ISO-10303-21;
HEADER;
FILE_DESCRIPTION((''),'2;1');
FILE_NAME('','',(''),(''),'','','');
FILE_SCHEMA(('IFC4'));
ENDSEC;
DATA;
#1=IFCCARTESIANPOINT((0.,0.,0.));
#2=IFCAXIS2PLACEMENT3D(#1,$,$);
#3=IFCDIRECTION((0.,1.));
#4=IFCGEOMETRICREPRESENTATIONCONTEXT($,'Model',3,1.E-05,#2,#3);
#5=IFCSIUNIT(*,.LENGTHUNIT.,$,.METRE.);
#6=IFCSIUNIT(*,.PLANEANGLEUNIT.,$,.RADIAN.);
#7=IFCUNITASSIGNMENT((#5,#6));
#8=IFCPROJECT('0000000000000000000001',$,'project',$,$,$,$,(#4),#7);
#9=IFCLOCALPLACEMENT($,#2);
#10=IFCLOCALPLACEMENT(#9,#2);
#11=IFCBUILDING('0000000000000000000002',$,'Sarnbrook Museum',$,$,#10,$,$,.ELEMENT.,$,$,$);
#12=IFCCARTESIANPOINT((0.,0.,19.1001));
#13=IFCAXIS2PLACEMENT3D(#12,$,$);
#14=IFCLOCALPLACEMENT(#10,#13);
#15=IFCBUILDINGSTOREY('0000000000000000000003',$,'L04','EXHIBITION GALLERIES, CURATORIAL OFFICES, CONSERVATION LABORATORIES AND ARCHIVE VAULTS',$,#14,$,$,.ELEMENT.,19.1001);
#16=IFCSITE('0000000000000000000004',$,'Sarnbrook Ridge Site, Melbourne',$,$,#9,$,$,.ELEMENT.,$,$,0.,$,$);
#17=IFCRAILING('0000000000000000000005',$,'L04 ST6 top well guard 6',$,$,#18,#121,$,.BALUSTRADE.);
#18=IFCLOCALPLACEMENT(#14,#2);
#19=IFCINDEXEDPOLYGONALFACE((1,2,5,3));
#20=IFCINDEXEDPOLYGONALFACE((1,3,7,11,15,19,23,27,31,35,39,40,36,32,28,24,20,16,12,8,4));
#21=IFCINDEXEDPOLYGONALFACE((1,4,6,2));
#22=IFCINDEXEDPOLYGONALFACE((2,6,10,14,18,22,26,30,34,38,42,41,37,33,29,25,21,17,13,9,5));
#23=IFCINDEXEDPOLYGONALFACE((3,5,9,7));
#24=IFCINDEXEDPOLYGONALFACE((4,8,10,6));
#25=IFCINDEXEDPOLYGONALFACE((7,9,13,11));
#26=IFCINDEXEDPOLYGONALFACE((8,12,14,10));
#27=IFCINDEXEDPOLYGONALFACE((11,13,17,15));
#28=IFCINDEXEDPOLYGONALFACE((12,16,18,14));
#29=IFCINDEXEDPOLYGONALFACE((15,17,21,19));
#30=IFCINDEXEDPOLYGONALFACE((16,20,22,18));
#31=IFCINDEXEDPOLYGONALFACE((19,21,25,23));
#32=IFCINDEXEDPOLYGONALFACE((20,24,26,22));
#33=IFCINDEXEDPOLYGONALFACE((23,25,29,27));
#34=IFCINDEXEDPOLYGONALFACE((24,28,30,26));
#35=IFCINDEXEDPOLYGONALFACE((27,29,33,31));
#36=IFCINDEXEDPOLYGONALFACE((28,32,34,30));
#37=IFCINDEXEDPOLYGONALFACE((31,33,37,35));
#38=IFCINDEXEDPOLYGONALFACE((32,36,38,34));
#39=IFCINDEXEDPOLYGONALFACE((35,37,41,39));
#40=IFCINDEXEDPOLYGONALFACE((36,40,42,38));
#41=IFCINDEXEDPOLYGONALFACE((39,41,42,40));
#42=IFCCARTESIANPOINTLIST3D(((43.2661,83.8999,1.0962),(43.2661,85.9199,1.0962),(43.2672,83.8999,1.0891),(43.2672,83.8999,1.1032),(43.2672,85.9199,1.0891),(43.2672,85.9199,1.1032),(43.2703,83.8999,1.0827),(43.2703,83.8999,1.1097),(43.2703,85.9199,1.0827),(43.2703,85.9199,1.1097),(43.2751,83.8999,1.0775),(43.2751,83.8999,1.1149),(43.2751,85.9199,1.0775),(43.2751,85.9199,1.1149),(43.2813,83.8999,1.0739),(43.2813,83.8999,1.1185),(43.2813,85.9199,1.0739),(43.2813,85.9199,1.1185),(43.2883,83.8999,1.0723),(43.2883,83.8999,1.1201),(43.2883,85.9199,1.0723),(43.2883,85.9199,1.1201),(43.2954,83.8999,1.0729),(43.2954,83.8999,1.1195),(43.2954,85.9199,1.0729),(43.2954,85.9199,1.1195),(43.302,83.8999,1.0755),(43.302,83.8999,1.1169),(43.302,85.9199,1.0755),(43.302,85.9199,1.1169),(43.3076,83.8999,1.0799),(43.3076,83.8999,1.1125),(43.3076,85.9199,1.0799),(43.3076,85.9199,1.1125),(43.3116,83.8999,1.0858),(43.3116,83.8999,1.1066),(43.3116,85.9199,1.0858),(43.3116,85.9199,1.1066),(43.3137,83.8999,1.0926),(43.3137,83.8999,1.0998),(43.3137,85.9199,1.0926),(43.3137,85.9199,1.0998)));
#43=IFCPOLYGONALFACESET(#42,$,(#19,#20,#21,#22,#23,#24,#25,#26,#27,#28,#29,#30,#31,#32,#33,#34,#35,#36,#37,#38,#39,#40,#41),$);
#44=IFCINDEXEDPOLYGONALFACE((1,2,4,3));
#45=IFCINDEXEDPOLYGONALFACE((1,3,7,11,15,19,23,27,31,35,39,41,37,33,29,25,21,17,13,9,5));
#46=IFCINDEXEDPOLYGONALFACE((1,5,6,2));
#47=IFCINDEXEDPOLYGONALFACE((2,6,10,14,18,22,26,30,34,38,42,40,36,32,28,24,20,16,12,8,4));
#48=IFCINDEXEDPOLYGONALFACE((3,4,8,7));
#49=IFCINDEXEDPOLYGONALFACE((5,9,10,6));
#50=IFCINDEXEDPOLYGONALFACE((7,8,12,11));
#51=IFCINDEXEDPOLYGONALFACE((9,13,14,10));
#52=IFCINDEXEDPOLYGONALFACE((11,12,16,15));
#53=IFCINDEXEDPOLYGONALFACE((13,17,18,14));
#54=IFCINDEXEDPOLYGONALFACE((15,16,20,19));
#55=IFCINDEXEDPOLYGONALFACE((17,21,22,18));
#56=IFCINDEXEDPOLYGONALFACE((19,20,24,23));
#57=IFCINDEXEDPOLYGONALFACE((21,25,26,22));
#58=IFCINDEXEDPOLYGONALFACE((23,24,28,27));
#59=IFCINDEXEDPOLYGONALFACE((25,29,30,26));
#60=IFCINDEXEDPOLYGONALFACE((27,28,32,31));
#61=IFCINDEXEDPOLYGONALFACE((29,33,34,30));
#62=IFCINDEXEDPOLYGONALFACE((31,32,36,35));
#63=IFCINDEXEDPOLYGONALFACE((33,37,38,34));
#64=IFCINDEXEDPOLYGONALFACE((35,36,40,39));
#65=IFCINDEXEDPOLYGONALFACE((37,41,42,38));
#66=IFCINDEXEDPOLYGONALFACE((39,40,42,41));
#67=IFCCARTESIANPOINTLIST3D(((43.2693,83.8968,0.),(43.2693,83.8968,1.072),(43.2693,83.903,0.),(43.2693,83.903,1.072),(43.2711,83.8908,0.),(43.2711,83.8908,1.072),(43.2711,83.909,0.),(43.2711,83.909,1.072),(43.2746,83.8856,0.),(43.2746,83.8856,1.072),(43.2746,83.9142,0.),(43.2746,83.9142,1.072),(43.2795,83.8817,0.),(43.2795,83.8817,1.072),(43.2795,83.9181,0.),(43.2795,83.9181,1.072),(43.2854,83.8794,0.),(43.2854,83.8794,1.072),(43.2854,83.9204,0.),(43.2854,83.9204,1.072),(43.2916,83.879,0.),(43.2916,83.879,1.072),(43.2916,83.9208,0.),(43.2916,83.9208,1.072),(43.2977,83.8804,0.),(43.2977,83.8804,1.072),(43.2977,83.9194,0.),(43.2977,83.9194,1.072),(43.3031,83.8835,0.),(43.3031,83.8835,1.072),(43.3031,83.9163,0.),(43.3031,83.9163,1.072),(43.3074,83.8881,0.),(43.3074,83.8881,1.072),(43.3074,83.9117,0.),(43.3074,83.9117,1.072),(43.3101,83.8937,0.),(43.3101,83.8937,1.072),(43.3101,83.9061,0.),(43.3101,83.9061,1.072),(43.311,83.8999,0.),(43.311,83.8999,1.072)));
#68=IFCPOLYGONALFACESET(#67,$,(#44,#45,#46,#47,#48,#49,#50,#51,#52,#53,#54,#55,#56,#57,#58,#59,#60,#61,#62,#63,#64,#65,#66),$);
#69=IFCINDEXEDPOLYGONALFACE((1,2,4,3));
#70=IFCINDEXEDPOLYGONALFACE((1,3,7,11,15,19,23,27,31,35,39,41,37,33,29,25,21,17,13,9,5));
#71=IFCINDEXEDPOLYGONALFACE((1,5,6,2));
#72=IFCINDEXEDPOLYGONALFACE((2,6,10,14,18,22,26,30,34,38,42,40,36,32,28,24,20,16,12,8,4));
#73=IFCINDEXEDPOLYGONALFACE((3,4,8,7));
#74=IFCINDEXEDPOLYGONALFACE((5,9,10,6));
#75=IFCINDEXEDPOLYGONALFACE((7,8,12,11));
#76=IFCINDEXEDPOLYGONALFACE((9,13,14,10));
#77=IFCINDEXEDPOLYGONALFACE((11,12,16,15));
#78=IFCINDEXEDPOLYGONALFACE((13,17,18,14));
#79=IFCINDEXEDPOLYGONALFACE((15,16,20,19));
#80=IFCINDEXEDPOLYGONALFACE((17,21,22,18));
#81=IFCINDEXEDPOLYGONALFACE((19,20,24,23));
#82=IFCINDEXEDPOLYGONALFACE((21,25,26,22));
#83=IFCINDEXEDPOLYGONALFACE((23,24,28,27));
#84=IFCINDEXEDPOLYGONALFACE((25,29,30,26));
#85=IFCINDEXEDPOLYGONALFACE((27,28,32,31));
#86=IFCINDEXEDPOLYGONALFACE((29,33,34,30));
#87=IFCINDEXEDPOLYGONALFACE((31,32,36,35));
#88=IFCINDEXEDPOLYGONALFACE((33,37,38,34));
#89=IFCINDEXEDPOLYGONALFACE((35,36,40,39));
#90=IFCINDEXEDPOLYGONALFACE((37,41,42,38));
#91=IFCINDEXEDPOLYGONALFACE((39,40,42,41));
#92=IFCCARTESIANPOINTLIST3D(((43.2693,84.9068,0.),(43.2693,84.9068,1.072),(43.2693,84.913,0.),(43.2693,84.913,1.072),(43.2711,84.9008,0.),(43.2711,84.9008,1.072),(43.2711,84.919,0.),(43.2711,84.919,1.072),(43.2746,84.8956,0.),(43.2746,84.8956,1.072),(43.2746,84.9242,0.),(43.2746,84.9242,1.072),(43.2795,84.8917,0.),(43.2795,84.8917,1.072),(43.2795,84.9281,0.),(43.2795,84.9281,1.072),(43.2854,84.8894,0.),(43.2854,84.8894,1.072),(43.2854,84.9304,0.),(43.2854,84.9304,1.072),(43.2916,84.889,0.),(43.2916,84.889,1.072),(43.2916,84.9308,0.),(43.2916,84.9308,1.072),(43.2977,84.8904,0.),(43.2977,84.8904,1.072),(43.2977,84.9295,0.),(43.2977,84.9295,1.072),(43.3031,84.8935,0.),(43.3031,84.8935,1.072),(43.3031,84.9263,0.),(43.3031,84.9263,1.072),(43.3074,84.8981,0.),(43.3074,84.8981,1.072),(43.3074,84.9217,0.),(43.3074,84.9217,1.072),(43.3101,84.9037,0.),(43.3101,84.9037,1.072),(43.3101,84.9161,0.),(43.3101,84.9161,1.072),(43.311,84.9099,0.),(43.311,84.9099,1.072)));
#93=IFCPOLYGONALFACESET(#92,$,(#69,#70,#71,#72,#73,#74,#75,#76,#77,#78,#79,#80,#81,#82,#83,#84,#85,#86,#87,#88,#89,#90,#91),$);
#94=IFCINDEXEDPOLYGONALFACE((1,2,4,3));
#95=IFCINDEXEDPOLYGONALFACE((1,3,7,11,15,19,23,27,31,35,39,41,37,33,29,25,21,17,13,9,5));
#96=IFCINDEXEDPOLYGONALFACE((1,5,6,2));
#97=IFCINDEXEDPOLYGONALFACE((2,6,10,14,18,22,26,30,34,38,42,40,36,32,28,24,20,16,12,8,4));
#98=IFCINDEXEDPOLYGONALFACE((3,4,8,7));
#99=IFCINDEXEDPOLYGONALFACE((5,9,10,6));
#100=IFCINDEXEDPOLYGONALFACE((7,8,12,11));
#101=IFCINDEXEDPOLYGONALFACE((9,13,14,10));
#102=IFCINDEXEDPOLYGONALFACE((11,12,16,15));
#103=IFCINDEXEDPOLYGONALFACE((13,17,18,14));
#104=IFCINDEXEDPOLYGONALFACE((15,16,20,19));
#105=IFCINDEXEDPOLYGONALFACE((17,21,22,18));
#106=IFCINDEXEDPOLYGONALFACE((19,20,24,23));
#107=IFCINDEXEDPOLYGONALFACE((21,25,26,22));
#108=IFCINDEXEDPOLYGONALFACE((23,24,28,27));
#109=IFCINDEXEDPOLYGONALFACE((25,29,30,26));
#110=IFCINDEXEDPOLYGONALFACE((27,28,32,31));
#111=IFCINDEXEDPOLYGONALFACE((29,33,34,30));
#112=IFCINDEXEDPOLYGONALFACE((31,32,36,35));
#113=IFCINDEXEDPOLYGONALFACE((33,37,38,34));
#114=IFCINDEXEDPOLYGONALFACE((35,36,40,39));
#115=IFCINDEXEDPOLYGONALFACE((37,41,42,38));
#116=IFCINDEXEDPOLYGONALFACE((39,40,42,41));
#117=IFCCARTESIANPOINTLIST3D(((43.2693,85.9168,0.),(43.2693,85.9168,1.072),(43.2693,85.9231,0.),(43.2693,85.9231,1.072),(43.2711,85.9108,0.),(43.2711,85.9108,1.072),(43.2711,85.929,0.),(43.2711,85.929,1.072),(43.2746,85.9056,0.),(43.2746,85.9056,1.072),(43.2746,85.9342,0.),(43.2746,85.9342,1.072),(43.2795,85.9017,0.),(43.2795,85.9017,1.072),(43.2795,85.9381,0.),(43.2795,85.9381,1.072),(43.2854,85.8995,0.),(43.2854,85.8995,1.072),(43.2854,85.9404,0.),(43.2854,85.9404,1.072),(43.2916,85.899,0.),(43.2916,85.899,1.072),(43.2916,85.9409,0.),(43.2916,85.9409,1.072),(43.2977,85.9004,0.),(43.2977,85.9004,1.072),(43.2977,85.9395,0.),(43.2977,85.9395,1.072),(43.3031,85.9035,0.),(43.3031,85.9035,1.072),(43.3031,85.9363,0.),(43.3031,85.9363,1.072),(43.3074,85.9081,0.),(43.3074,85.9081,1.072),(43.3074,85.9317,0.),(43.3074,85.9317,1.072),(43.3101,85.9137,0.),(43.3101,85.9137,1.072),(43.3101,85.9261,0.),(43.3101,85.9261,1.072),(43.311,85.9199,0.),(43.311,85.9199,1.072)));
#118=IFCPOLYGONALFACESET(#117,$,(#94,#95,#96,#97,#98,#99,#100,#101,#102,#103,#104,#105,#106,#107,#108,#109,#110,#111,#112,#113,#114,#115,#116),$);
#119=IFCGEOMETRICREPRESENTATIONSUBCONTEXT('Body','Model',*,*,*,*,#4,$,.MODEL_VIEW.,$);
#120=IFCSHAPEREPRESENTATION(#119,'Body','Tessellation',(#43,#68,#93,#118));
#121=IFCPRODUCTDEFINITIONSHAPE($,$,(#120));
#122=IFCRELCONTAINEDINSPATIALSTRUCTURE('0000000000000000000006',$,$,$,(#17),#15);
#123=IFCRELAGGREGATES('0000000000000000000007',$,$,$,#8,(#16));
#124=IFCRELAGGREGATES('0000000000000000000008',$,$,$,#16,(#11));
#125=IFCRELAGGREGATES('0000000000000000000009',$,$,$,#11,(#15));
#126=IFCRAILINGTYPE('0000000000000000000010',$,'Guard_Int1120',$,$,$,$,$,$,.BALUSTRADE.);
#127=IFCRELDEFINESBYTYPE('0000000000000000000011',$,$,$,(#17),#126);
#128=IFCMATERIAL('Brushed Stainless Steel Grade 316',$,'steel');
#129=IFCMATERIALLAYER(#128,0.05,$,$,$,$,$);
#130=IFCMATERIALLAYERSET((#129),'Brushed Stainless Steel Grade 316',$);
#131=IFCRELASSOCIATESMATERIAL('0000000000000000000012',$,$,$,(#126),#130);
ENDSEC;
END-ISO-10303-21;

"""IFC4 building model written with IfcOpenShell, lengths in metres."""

from ifc_helpers import new_model, si_unit, direction, frame, origin, origin_2d, place, context, subcontext, project, spatial, circle, extrude, material, layer, layer_set, type_object, element, save


model = new_model("IFC4")

# Units and contexts
model_context = context("Model", 3, precision=1e-05, world=origin(), true_north=direction((0.0, 1.0)))
body_context = subcontext(model_context, "Body", "Model", "MODEL_VIEW")
ifc_project = project(units=[si_unit("LENGTHUNIT", "METRE"), si_unit("PLANEANGLEUNIT", "RADIAN")], contexts=[model_context])

# Site, building, storey
site_placement = place(None, origin())
site = spatial("IfcSite", under=ifc_project, at=site_placement, Name="Sarnbrook Ridge Site, Melbourne", CompositionType="ELEMENT", RefElevation=0.0)
building_placement = place(site_placement, origin())
building = spatial("IfcBuilding", under=site, at=building_placement, Name="Sarnbrook Museum", CompositionType="ELEMENT")
storey_placement = place(building_placement, frame((0.0, 0.0, 19.1001)))
storey = spatial("IfcBuildingStorey", under=building, at=storey_placement, Name="L04", Description="EXHIBITION GALLERIES, CURATORIAL OFFICES, CONSERVATION LABORATORIES AND ARCHIVE VAULTS", CompositionType="ELEMENT", Elevation=19.1001)

# Shared definitions
ifc_material_1 = material(Name="Brushed Stainless Steel Grade 316", Category="steel")

# Railing
ifc_layer_1 = layer(ifc_material_1, 0.05)
ifc_layer_set_1 = layer_set([ifc_layer_1], Name="Brushed Stainless Steel Grade 316")
railing_type = type_object("IfcRailingType", Name="Guard_Int1120", PredefinedType="BALUSTRADE", material=ifc_layer_set_1)
for number, where, name in (
    (1, (43.29, 83.8999, 0.0), "L04 ST6 top well guard 6"),
):
    element("IfcRailing", number, at=place(storey_placement, frame(where)), inside=storey, type_object=railing_type, Name=name, PredefinedType="BALUSTRADE", context=body_context, shape_type="SweptSolid", body=[
        extrude(circle(Radius=0.0239, at=origin_2d()), frame((0.0, 0.0, 1.0962), z_axis=(0.0, 1.0, 0.0), x_axis=(-1.0, 0.0, 0.0)), (0.0, 0.0, 1.0), 2.02),
        extrude(circle(Radius=0.021, at=origin_2d()), origin(), (0.0, 0.0, 1.0), 1.072),
        extrude(circle(Radius=0.021, at=origin_2d()), frame((0.0, 1.01, 0.0)), (0.0, 0.0, 1.0), 1.072),
        extrude(circle(Radius=0.021, at=origin_2d()), frame((0.0, 2.02, 0.0)), (0.0, 0.0, 1.0), 1.072),
    ])

save(model, "model.ifc")
